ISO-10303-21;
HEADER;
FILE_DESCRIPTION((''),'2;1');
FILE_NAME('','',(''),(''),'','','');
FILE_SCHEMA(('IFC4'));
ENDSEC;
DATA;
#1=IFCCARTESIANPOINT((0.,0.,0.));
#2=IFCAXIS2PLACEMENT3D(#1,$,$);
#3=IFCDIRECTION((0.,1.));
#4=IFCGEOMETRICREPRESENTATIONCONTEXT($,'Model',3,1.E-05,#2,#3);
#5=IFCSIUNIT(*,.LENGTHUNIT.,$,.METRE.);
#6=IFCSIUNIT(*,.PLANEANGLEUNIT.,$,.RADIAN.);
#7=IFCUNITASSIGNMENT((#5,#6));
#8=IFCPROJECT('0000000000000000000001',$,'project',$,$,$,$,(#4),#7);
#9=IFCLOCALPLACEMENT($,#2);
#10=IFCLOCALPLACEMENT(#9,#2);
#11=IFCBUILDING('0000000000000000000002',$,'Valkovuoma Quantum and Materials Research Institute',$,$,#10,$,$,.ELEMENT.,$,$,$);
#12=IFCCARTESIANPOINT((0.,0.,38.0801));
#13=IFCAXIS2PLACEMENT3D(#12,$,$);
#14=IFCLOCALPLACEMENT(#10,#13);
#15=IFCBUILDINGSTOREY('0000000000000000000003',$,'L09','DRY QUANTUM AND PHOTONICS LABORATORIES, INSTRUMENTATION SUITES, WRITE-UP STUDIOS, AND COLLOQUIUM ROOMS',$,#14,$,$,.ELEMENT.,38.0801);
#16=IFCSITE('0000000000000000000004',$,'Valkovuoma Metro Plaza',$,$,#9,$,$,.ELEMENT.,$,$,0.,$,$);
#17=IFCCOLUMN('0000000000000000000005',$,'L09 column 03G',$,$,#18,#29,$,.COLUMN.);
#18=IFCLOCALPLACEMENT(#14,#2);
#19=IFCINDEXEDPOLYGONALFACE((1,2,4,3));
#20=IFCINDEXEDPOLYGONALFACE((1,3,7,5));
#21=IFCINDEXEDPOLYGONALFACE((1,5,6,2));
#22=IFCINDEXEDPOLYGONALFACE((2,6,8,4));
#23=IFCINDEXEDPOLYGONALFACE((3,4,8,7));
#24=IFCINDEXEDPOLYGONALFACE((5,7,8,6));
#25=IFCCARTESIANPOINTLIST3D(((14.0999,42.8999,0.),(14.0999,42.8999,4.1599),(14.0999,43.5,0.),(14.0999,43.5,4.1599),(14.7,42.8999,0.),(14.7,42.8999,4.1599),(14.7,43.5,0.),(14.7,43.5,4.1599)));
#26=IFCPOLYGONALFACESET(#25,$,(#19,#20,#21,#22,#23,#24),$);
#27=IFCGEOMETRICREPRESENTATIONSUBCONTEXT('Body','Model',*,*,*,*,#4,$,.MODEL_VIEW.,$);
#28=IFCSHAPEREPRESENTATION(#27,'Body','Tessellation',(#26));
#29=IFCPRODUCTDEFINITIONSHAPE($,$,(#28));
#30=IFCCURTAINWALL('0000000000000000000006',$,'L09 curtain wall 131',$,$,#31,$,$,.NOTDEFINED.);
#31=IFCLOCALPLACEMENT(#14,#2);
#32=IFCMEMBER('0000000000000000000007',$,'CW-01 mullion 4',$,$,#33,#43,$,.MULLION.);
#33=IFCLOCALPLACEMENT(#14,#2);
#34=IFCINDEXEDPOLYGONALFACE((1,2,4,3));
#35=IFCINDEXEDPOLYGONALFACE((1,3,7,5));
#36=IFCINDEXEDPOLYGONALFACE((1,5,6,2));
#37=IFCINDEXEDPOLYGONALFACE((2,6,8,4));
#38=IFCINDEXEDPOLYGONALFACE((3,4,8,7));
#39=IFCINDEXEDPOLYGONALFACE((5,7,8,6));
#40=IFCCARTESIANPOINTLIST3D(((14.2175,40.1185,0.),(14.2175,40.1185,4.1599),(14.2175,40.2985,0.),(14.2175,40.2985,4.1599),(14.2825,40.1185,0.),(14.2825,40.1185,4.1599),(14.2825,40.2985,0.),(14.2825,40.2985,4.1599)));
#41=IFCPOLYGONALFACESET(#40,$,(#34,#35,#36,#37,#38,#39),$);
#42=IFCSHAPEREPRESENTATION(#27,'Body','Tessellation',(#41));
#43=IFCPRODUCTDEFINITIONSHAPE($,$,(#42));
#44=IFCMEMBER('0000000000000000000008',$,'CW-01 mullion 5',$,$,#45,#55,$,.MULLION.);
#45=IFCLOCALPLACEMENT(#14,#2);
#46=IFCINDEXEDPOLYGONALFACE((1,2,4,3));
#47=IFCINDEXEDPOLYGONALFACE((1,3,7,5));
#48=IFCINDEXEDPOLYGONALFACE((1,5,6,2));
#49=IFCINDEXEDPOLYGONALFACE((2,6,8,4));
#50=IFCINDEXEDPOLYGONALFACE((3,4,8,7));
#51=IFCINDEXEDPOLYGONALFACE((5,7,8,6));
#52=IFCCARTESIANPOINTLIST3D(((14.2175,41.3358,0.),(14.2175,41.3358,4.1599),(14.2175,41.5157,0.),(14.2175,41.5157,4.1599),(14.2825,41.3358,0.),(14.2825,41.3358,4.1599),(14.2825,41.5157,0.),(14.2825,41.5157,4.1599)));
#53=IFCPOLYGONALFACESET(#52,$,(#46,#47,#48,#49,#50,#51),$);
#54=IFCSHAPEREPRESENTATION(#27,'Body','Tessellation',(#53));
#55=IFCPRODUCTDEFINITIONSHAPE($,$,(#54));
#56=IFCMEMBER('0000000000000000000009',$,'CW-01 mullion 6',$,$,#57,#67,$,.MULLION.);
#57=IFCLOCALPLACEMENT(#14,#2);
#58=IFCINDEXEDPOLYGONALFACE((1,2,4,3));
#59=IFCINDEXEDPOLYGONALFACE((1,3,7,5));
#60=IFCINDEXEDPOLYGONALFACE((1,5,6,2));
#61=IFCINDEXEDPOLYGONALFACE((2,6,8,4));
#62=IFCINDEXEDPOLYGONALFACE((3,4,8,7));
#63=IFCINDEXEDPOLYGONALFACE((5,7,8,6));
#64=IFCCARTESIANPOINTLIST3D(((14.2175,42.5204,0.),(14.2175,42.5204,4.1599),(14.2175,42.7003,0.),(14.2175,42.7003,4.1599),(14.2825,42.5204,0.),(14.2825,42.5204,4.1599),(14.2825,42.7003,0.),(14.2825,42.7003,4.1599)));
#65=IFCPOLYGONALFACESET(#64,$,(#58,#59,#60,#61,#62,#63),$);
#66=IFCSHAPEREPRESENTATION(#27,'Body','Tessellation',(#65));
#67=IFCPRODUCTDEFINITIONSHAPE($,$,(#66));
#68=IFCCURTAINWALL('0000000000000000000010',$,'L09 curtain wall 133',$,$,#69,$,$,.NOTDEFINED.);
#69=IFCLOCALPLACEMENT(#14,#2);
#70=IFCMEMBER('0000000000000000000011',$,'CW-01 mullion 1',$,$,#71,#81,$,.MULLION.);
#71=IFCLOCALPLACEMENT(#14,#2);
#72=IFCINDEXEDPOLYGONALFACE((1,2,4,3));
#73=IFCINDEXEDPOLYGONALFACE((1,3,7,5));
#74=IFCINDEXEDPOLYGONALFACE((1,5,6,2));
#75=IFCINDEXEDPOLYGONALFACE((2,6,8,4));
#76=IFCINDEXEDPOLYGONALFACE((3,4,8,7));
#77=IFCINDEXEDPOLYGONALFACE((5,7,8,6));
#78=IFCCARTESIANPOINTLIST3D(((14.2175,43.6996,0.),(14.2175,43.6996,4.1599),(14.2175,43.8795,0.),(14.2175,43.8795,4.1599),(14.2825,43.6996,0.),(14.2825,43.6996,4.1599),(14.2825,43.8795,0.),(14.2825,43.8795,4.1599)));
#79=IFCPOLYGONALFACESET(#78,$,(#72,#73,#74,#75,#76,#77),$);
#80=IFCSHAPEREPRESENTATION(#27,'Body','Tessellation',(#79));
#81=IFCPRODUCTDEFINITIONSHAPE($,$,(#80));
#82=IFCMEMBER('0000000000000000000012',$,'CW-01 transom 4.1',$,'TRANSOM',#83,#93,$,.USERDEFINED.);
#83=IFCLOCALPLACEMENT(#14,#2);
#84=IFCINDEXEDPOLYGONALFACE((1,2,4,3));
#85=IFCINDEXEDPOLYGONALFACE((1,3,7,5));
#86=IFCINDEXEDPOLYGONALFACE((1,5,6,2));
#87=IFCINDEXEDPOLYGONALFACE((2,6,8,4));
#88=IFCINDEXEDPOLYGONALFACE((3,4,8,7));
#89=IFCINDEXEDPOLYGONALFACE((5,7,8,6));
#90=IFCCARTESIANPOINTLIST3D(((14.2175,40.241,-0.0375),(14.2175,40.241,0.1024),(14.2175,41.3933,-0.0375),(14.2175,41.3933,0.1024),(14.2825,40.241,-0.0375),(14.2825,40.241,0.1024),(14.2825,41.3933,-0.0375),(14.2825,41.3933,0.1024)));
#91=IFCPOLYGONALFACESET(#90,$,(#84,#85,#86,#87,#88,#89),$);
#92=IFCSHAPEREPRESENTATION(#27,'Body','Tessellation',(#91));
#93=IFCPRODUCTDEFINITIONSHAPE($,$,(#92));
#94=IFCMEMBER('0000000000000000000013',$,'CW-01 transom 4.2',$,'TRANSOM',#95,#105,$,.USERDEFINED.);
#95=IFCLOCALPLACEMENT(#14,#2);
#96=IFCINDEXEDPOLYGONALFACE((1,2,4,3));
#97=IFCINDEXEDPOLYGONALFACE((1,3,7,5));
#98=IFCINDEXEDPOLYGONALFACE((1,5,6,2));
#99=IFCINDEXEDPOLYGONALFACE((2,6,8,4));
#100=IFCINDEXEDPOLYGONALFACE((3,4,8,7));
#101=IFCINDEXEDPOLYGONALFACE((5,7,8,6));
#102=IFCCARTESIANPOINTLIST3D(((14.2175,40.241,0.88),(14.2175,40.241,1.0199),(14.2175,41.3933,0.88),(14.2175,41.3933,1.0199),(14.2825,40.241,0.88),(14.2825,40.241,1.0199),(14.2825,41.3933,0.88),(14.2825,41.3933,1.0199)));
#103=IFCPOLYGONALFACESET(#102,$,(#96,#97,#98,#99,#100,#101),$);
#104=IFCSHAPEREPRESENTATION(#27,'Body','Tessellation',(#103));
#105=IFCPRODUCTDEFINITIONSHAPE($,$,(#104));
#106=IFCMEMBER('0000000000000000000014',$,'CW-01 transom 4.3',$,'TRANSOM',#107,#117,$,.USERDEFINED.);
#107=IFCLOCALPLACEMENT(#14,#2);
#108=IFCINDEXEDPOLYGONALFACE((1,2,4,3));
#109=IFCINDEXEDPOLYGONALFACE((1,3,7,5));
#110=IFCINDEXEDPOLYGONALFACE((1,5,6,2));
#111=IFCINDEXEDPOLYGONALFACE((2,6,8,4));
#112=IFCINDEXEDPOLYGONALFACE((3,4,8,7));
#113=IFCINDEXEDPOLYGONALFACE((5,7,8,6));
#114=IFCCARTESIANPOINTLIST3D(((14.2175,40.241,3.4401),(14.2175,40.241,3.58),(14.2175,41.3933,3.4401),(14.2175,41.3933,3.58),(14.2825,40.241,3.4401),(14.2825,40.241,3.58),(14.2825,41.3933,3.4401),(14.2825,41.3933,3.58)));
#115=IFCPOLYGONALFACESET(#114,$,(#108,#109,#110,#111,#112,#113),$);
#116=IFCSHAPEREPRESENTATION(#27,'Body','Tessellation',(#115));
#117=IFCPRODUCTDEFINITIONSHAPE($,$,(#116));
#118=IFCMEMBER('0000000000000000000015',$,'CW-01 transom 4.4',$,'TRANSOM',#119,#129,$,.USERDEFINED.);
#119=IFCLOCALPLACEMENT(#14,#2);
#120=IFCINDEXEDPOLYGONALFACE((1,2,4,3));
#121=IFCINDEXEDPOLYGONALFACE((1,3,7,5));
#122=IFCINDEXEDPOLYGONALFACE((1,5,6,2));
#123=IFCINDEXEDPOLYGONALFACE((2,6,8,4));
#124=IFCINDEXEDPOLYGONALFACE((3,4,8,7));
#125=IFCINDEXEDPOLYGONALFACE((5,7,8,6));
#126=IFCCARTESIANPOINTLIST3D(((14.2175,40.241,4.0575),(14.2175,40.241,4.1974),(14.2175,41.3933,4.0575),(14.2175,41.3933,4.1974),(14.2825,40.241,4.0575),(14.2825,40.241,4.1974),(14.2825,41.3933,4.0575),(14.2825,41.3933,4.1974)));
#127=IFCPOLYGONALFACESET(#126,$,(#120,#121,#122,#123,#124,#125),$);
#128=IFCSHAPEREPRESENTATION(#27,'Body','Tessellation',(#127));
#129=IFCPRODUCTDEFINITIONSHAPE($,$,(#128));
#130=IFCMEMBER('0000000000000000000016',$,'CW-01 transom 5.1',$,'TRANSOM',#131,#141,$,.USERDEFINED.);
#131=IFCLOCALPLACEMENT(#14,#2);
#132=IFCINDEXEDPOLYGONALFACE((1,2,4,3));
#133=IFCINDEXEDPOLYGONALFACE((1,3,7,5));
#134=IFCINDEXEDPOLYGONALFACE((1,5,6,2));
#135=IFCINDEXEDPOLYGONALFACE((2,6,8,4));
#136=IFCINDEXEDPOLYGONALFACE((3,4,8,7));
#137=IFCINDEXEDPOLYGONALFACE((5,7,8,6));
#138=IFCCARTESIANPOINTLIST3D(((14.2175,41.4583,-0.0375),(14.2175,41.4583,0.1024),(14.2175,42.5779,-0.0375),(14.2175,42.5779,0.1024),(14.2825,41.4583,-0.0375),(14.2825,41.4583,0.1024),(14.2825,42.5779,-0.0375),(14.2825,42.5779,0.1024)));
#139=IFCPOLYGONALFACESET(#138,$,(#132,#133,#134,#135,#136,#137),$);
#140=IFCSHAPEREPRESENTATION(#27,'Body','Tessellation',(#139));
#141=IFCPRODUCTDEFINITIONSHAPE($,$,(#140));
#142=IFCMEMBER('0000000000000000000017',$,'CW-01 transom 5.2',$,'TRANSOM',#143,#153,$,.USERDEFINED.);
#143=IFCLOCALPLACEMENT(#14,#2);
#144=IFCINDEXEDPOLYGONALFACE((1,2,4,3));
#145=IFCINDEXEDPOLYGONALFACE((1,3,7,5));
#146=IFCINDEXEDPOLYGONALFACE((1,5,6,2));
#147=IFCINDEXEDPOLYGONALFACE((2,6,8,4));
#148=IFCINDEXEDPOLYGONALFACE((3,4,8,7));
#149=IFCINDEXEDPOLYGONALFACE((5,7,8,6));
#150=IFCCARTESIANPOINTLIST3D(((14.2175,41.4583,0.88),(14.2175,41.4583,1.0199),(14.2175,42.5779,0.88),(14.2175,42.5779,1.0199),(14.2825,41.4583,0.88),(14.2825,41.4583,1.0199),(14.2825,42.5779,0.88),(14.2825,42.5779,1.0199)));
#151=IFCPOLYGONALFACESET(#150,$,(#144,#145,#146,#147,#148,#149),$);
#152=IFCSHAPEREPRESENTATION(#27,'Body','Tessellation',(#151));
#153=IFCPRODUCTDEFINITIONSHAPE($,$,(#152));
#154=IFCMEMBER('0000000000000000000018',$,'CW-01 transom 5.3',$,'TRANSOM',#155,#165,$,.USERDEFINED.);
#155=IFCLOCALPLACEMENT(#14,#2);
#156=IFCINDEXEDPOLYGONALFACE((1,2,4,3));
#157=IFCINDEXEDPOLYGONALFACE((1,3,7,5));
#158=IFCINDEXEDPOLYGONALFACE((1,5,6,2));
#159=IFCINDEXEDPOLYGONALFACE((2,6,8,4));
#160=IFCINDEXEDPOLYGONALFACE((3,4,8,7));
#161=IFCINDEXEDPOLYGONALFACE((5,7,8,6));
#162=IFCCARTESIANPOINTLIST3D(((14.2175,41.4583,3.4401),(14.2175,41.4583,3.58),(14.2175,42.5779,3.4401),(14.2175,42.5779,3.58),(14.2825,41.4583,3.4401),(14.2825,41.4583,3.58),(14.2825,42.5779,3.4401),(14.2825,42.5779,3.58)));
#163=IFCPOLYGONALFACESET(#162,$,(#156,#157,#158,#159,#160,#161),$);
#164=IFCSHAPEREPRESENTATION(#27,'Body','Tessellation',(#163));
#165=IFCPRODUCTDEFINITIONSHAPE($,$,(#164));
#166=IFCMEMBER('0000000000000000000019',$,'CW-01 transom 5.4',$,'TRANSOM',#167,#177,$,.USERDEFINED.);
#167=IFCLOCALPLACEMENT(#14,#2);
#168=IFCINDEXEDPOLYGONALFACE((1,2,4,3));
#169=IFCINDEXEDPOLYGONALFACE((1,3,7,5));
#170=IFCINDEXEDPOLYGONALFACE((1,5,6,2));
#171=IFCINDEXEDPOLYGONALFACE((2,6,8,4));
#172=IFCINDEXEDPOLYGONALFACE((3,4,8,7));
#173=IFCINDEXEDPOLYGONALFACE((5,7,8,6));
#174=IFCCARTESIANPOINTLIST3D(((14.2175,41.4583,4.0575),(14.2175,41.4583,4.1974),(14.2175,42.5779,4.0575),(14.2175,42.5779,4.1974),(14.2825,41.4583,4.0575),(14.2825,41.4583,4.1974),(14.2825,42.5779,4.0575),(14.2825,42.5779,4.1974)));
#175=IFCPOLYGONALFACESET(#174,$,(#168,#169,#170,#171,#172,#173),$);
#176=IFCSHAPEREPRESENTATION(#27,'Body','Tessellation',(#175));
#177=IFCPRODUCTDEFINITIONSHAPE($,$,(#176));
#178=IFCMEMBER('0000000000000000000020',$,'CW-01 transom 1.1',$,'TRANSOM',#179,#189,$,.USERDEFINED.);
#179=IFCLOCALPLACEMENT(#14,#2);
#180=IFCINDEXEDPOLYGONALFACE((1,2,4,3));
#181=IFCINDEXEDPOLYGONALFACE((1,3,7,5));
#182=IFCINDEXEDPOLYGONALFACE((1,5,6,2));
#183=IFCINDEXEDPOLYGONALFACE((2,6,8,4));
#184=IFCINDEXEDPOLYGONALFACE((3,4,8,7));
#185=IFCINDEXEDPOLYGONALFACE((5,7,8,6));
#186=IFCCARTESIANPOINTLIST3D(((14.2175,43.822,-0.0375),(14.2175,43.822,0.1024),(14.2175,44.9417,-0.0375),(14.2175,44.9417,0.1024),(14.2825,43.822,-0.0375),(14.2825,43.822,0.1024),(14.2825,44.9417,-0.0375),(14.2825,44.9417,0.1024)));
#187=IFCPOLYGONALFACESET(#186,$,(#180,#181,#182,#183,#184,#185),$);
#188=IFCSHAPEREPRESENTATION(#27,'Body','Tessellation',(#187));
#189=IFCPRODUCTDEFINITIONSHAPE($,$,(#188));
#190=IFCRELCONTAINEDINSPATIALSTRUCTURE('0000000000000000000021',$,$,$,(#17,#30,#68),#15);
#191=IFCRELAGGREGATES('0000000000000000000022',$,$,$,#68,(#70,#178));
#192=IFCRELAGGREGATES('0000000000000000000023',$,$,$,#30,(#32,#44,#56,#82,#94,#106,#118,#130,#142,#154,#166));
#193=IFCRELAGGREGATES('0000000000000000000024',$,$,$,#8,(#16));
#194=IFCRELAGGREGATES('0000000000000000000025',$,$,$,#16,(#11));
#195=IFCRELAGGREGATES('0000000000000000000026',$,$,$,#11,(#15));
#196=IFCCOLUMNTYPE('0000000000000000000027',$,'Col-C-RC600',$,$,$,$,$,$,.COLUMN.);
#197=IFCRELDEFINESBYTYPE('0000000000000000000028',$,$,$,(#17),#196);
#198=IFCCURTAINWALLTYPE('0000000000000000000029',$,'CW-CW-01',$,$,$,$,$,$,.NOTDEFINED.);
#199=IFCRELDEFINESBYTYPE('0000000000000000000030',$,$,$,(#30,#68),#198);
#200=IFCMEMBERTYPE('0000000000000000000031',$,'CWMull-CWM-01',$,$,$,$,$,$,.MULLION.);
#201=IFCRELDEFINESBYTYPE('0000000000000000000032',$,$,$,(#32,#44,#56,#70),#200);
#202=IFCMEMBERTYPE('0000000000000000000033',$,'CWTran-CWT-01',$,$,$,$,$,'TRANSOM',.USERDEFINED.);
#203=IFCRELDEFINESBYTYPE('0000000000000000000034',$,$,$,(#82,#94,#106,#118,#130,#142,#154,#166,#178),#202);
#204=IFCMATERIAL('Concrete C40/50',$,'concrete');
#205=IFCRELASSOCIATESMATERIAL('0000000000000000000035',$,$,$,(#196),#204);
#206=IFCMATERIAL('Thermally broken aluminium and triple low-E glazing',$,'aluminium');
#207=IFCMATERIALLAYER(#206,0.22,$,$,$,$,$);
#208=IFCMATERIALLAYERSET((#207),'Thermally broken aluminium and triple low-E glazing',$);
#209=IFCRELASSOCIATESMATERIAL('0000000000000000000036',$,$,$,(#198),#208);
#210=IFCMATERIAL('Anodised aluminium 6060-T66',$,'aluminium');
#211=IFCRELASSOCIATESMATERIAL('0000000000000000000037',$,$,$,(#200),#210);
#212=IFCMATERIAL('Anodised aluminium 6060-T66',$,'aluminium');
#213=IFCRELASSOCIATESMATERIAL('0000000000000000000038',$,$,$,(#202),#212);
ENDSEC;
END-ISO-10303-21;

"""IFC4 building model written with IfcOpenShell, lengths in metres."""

from ifc_helpers import new_model, si_unit, direction, frame, origin, origin_2d, place, context, subcontext, project, spatial, rectangle, extrude, material, layer, layer_set, material_profile, profile_set, type_object, element, aggregate, save


model = new_model("IFC4")

# Units and contexts
model_context = context("Model", 3, precision=1e-05, world=origin(), true_north=direction((0.0, 1.0)))
body_context = subcontext(model_context, "Body", "Model", "MODEL_VIEW")
ifc_project = project(units=[si_unit("LENGTHUNIT", "METRE"), si_unit("PLANEANGLEUNIT", "RADIAN")], contexts=[model_context])

# Site, building, storey
site_placement = place(None, origin())
site = spatial("IfcSite", under=ifc_project, at=site_placement, Name="Valkovuoma Metro Plaza", CompositionType="ELEMENT", RefElevation=0.0)
building_placement = place(site_placement, origin())
building = spatial("IfcBuilding", under=site, at=building_placement, Name="Valkovuoma Quantum and Materials Research Institute", CompositionType="ELEMENT")
storey_placement = place(building_placement, frame((0.0, 0.0, 38.0801)))
storey = spatial("IfcBuildingStorey", under=building, at=storey_placement, Name="L09", Description="DRY QUANTUM AND PHOTONICS LABORATORIES, INSTRUMENTATION SUITES, WRITE-UP STUDIOS, AND COLLOQUIUM ROOMS", CompositionType="ELEMENT", Elevation=38.0801)

# Column
ifc_material_1 = material(Name="Concrete C40/50", Category="concrete")
ifc_material_profile_1 = material_profile(ifc_material_1, rectangle(XDim=0.6001, YDim=0.6001, at=origin_2d()), Name="Concrete C40/50")
ifc_profile_set_1 = profile_set([ifc_material_profile_1], Name="Concrete C40/50")
column_type = type_object("IfcColumnType", Name="Col-C-RC600", PredefinedType="COLUMN", material=ifc_profile_set_1)
column_placement = place(storey_placement, frame((14.3999, 43.2, 0.0), z_axis=(0.0, 0.0, 1.0), x_axis=(1.0, 0.0, 0.0)))
element("IfcColumn", 1, at=column_placement, inside=storey, type_object=column_type, Name="L09 column 03G", PredefinedType="COLUMN", context=body_context, shape_type="SweptSolid", body=[
    extrude(rectangle(XDim=0.6001, YDim=0.6001, at=origin_2d()), origin(), (0.0, 0.0, 1.0), 4.1599),
])

# Curtain wall, members
ifc_material_2 = material(Name="Thermally broken aluminium and triple low-E glazing", Category="aluminium")
ifc_layer_1 = layer(ifc_material_2, 0.22)
ifc_layer_set_1 = layer_set([ifc_layer_1], Name="Thermally broken aluminium and triple low-E glazing")
curtain_wall_type = type_object("IfcCurtainWallType", Name="CW-CW-01", PredefinedType="NOTDEFINED", material=ifc_layer_set_1)
curtain_wall_1_placement = place(storey_placement, origin())
curtain_wall_1 = element("IfcCurtainWall", 2, at=curtain_wall_1_placement, inside=storey, type_object=curtain_wall_type, Name="L09 curtain wall 131", PredefinedType="NOTDEFINED")
ifc_material_3 = material(Name="Anodised aluminium 6060-T66", Category="aluminium")
ifc_material_profile_2 = material_profile(ifc_material_3, rectangle(XDim=0.0649, YDim=0.1799, at=origin_2d()), Name="Anodised aluminium 6060-T66")
ifc_profile_set_2 = profile_set([ifc_material_profile_2], Name="Anodised aluminium 6060-T66")
member_type_1 = type_object("IfcMemberType", Name="CWMull-CWM-01", PredefinedType="MULLION", material=ifc_profile_set_2)
member_1_placement = place(storey_placement, frame((14.25, 40.2085, 0.0), z_axis=(0.0, 0.0, 1.0), x_axis=(-1.0, 0.0, 0.0)))
member_1 = element("IfcMember", 3, at=member_1_placement, type_object=member_type_1, Name="CW-01 mullion 4", PredefinedType="MULLION", context=body_context, shape_type="SweptSolid", body=[
    extrude(rectangle(XDim=0.0649, YDim=0.1799, at=origin_2d()), origin(), (0.0, 0.0, 1.0), 4.1599),
])
member_2_placement = place(storey_placement, frame((14.25, 41.4258, 0.0), z_axis=(0.0, 0.0, 1.0), x_axis=(-1.0, 0.0, 0.0)))
member_2 = element("IfcMember", 4, at=member_2_placement, type_object=member_type_1, Name="CW-01 mullion 5", PredefinedType="MULLION", context=body_context, shape_type="SweptSolid", body=[
    extrude(rectangle(XDim=0.0649, YDim=0.1799, at=origin_2d()), origin(), (0.0, 0.0, 1.0), 4.1599),
])
member_3_placement = place(storey_placement, frame((14.25, 42.6104, 0.0), z_axis=(0.0, 0.0, 1.0), x_axis=(-1.0, 0.0, 0.0)))
member_3 = element("IfcMember", 5, at=member_3_placement, type_object=member_type_1, Name="CW-01 mullion 6", PredefinedType="MULLION", context=body_context, shape_type="SweptSolid", body=[
    extrude(rectangle(XDim=0.0649, YDim=0.1799, at=origin_2d()), origin(), (0.0, 0.0, 1.0), 4.1599),
])

# Curtain wall, member
curtain_wall_2_placement = place(storey_placement, origin())
curtain_wall_2 = element("IfcCurtainWall", 6, at=curtain_wall_2_placement, inside=storey, type_object=curtain_wall_type, Name="L09 curtain wall 133", PredefinedType="NOTDEFINED")
member_4_placement = place(storey_placement, frame((14.25, 43.7896, 0.0), z_axis=(0.0, 0.0, 1.0), x_axis=(-1.0, 0.0, 0.0)))
member_4 = element("IfcMember", 7, at=member_4_placement, type_object=member_type_1, Name="CW-01 mullion 1", PredefinedType="MULLION", context=body_context, shape_type="SweptSolid", body=[
    extrude(rectangle(XDim=0.0649, YDim=0.1799, at=origin_2d()), origin(), (0.0, 0.0, 1.0), 4.1599),
])

# Members
ifc_material_4 = material(Name="Anodised aluminium 6060-T66", Category="aluminium")
ifc_material_profile_3 = material_profile(ifc_material_4, rectangle(XDim=0.0649, YDim=0.1399, at=origin_2d()), Name="Anodised aluminium 6060-T66")
ifc_profile_set_3 = profile_set([ifc_material_profile_3], Name="Anodised aluminium 6060-T66")
member_type_2 = type_object("IfcMemberType", Name="CWTran-CWT-01", ElementType="TRANSOM", PredefinedType="USERDEFINED", material=ifc_profile_set_3)
member_5_placement = place(storey_placement, frame((14.25, 40.241, 0.0325), z_axis=(0.0, 1.0, 0.0), x_axis=(-1.0, 0.0, 0.0)))
member_5 = element("IfcMember", 8, at=member_5_placement, type_object=member_type_2, Name="CW-01 transom 4.1", ObjectType="TRANSOM", PredefinedType="USERDEFINED", context=body_context, shape_type="SweptSolid", body=[
    extrude(rectangle(XDim=0.0649, YDim=0.1399, at=origin_2d()), origin(), (0.0, 0.0, 1.0), 1.1523),
])
member_6_placement = place(storey_placement, frame((14.25, 40.241, 0.95), z_axis=(0.0, 1.0, 0.0), x_axis=(-1.0, 0.0, 0.0)))
member_6 = element("IfcMember", 9, at=member_6_placement, type_object=member_type_2, Name="CW-01 transom 4.2", ObjectType="TRANSOM", PredefinedType="USERDEFINED", context=body_context, shape_type="SweptSolid", body=[
    extrude(rectangle(XDim=0.0649, YDim=0.1399, at=origin_2d()), origin(), (0.0, 0.0, 1.0), 1.1523),
])
member_7_placement = place(storey_placement, frame((14.25, 40.241, 3.51), z_axis=(0.0, 1.0, 0.0), x_axis=(-1.0, 0.0, 0.0)))
member_7 = element("IfcMember", 10, at=member_7_placement, type_object=member_type_2, Name="CW-01 transom 4.3", ObjectType="TRANSOM", PredefinedType="USERDEFINED", context=body_context, shape_type="SweptSolid", body=[
    extrude(rectangle(XDim=0.0649, YDim=0.1399, at=origin_2d()), origin(), (0.0, 0.0, 1.0), 1.1523),
])
member_8_placement = place(storey_placement, frame((14.25, 40.241, 4.1274), z_axis=(0.0, 1.0, 0.0), x_axis=(-1.0, 0.0, 0.0)))
member_8 = element("IfcMember", 11, at=member_8_placement, type_object=member_type_2, Name="CW-01 transom 4.4", ObjectType="TRANSOM", PredefinedType="USERDEFINED", context=body_context, shape_type="SweptSolid", body=[
    extrude(rectangle(XDim=0.0649, YDim=0.1399, at=origin_2d()), origin(), (0.0, 0.0, 1.0), 1.1523),
])
member_9_placement = place(storey_placement, frame((14.25, 41.4583, 0.0325), z_axis=(0.0, 1.0, 0.0), x_axis=(-1.0, 0.0, 0.0)))
member_9 = element("IfcMember", 12, at=member_9_placement, type_object=member_type_2, Name="CW-01 transom 5.1", ObjectType="TRANSOM", PredefinedType="USERDEFINED", context=body_context, shape_type="SweptSolid", body=[
    extrude(rectangle(XDim=0.0649, YDim=0.1399, at=origin_2d()), origin(), (0.0, 0.0, 1.0), 1.1196),
])
member_10_placement = place(storey_placement, frame((14.25, 41.4583, 0.95), z_axis=(0.0, 1.0, 0.0), x_axis=(-1.0, 0.0, 0.0)))
member_10 = element("IfcMember", 13, at=member_10_placement, type_object=member_type_2, Name="CW-01 transom 5.2", ObjectType="TRANSOM", PredefinedType="USERDEFINED", context=body_context, shape_type="SweptSolid", body=[
    extrude(rectangle(XDim=0.0649, YDim=0.1399, at=origin_2d()), origin(), (0.0, 0.0, 1.0), 1.1196),
])
member_11_placement = place(storey_placement, frame((14.25, 41.4583, 3.51), z_axis=(0.0, 1.0, 0.0), x_axis=(-1.0, 0.0, 0.0)))
member_11 = element("IfcMember", 14, at=member_11_placement, type_object=member_type_2, Name="CW-01 transom 5.3", ObjectType="TRANSOM", PredefinedType="USERDEFINED", context=body_context, shape_type="SweptSolid", body=[
    extrude(rectangle(XDim=0.0649, YDim=0.1399, at=origin_2d()), origin(), (0.0, 0.0, 1.0), 1.1196),
])
member_12_placement = place(storey_placement, frame((14.25, 41.4583, 4.1274), z_axis=(0.0, 1.0, 0.0), x_axis=(-1.0, 0.0, 0.0)))
member_12 = element("IfcMember", 15, at=member_12_placement, type_object=member_type_2, Name="CW-01 transom 5.4", ObjectType="TRANSOM", PredefinedType="USERDEFINED", context=body_context, shape_type="SweptSolid", body=[
    extrude(rectangle(XDim=0.0649, YDim=0.1399, at=origin_2d()), origin(), (0.0, 0.0, 1.0), 1.1196),
])
member_13_placement = place(storey_placement, frame((14.25, 43.822, 0.0325), z_axis=(0.0, 1.0, 0.0), x_axis=(-1.0, 0.0, 0.0)))
member_13 = element("IfcMember", 16, at=member_13_placement, type_object=member_type_2, Name="CW-01 transom 1.1", ObjectType="TRANSOM", PredefinedType="USERDEFINED", context=body_context, shape_type="SweptSolid", body=[
    extrude(rectangle(XDim=0.0649, YDim=0.1399, at=origin_2d()), origin(), (0.0, 0.0, 1.0), 1.1196),
])
aggregate(curtain_wall_2, [member_4, member_13])

aggregate(curtain_wall_1, [member_1, member_2, member_3, member_5, member_6, member_7, member_8, member_9, member_10, member_11, member_12])

save(model, "model.ifc")
